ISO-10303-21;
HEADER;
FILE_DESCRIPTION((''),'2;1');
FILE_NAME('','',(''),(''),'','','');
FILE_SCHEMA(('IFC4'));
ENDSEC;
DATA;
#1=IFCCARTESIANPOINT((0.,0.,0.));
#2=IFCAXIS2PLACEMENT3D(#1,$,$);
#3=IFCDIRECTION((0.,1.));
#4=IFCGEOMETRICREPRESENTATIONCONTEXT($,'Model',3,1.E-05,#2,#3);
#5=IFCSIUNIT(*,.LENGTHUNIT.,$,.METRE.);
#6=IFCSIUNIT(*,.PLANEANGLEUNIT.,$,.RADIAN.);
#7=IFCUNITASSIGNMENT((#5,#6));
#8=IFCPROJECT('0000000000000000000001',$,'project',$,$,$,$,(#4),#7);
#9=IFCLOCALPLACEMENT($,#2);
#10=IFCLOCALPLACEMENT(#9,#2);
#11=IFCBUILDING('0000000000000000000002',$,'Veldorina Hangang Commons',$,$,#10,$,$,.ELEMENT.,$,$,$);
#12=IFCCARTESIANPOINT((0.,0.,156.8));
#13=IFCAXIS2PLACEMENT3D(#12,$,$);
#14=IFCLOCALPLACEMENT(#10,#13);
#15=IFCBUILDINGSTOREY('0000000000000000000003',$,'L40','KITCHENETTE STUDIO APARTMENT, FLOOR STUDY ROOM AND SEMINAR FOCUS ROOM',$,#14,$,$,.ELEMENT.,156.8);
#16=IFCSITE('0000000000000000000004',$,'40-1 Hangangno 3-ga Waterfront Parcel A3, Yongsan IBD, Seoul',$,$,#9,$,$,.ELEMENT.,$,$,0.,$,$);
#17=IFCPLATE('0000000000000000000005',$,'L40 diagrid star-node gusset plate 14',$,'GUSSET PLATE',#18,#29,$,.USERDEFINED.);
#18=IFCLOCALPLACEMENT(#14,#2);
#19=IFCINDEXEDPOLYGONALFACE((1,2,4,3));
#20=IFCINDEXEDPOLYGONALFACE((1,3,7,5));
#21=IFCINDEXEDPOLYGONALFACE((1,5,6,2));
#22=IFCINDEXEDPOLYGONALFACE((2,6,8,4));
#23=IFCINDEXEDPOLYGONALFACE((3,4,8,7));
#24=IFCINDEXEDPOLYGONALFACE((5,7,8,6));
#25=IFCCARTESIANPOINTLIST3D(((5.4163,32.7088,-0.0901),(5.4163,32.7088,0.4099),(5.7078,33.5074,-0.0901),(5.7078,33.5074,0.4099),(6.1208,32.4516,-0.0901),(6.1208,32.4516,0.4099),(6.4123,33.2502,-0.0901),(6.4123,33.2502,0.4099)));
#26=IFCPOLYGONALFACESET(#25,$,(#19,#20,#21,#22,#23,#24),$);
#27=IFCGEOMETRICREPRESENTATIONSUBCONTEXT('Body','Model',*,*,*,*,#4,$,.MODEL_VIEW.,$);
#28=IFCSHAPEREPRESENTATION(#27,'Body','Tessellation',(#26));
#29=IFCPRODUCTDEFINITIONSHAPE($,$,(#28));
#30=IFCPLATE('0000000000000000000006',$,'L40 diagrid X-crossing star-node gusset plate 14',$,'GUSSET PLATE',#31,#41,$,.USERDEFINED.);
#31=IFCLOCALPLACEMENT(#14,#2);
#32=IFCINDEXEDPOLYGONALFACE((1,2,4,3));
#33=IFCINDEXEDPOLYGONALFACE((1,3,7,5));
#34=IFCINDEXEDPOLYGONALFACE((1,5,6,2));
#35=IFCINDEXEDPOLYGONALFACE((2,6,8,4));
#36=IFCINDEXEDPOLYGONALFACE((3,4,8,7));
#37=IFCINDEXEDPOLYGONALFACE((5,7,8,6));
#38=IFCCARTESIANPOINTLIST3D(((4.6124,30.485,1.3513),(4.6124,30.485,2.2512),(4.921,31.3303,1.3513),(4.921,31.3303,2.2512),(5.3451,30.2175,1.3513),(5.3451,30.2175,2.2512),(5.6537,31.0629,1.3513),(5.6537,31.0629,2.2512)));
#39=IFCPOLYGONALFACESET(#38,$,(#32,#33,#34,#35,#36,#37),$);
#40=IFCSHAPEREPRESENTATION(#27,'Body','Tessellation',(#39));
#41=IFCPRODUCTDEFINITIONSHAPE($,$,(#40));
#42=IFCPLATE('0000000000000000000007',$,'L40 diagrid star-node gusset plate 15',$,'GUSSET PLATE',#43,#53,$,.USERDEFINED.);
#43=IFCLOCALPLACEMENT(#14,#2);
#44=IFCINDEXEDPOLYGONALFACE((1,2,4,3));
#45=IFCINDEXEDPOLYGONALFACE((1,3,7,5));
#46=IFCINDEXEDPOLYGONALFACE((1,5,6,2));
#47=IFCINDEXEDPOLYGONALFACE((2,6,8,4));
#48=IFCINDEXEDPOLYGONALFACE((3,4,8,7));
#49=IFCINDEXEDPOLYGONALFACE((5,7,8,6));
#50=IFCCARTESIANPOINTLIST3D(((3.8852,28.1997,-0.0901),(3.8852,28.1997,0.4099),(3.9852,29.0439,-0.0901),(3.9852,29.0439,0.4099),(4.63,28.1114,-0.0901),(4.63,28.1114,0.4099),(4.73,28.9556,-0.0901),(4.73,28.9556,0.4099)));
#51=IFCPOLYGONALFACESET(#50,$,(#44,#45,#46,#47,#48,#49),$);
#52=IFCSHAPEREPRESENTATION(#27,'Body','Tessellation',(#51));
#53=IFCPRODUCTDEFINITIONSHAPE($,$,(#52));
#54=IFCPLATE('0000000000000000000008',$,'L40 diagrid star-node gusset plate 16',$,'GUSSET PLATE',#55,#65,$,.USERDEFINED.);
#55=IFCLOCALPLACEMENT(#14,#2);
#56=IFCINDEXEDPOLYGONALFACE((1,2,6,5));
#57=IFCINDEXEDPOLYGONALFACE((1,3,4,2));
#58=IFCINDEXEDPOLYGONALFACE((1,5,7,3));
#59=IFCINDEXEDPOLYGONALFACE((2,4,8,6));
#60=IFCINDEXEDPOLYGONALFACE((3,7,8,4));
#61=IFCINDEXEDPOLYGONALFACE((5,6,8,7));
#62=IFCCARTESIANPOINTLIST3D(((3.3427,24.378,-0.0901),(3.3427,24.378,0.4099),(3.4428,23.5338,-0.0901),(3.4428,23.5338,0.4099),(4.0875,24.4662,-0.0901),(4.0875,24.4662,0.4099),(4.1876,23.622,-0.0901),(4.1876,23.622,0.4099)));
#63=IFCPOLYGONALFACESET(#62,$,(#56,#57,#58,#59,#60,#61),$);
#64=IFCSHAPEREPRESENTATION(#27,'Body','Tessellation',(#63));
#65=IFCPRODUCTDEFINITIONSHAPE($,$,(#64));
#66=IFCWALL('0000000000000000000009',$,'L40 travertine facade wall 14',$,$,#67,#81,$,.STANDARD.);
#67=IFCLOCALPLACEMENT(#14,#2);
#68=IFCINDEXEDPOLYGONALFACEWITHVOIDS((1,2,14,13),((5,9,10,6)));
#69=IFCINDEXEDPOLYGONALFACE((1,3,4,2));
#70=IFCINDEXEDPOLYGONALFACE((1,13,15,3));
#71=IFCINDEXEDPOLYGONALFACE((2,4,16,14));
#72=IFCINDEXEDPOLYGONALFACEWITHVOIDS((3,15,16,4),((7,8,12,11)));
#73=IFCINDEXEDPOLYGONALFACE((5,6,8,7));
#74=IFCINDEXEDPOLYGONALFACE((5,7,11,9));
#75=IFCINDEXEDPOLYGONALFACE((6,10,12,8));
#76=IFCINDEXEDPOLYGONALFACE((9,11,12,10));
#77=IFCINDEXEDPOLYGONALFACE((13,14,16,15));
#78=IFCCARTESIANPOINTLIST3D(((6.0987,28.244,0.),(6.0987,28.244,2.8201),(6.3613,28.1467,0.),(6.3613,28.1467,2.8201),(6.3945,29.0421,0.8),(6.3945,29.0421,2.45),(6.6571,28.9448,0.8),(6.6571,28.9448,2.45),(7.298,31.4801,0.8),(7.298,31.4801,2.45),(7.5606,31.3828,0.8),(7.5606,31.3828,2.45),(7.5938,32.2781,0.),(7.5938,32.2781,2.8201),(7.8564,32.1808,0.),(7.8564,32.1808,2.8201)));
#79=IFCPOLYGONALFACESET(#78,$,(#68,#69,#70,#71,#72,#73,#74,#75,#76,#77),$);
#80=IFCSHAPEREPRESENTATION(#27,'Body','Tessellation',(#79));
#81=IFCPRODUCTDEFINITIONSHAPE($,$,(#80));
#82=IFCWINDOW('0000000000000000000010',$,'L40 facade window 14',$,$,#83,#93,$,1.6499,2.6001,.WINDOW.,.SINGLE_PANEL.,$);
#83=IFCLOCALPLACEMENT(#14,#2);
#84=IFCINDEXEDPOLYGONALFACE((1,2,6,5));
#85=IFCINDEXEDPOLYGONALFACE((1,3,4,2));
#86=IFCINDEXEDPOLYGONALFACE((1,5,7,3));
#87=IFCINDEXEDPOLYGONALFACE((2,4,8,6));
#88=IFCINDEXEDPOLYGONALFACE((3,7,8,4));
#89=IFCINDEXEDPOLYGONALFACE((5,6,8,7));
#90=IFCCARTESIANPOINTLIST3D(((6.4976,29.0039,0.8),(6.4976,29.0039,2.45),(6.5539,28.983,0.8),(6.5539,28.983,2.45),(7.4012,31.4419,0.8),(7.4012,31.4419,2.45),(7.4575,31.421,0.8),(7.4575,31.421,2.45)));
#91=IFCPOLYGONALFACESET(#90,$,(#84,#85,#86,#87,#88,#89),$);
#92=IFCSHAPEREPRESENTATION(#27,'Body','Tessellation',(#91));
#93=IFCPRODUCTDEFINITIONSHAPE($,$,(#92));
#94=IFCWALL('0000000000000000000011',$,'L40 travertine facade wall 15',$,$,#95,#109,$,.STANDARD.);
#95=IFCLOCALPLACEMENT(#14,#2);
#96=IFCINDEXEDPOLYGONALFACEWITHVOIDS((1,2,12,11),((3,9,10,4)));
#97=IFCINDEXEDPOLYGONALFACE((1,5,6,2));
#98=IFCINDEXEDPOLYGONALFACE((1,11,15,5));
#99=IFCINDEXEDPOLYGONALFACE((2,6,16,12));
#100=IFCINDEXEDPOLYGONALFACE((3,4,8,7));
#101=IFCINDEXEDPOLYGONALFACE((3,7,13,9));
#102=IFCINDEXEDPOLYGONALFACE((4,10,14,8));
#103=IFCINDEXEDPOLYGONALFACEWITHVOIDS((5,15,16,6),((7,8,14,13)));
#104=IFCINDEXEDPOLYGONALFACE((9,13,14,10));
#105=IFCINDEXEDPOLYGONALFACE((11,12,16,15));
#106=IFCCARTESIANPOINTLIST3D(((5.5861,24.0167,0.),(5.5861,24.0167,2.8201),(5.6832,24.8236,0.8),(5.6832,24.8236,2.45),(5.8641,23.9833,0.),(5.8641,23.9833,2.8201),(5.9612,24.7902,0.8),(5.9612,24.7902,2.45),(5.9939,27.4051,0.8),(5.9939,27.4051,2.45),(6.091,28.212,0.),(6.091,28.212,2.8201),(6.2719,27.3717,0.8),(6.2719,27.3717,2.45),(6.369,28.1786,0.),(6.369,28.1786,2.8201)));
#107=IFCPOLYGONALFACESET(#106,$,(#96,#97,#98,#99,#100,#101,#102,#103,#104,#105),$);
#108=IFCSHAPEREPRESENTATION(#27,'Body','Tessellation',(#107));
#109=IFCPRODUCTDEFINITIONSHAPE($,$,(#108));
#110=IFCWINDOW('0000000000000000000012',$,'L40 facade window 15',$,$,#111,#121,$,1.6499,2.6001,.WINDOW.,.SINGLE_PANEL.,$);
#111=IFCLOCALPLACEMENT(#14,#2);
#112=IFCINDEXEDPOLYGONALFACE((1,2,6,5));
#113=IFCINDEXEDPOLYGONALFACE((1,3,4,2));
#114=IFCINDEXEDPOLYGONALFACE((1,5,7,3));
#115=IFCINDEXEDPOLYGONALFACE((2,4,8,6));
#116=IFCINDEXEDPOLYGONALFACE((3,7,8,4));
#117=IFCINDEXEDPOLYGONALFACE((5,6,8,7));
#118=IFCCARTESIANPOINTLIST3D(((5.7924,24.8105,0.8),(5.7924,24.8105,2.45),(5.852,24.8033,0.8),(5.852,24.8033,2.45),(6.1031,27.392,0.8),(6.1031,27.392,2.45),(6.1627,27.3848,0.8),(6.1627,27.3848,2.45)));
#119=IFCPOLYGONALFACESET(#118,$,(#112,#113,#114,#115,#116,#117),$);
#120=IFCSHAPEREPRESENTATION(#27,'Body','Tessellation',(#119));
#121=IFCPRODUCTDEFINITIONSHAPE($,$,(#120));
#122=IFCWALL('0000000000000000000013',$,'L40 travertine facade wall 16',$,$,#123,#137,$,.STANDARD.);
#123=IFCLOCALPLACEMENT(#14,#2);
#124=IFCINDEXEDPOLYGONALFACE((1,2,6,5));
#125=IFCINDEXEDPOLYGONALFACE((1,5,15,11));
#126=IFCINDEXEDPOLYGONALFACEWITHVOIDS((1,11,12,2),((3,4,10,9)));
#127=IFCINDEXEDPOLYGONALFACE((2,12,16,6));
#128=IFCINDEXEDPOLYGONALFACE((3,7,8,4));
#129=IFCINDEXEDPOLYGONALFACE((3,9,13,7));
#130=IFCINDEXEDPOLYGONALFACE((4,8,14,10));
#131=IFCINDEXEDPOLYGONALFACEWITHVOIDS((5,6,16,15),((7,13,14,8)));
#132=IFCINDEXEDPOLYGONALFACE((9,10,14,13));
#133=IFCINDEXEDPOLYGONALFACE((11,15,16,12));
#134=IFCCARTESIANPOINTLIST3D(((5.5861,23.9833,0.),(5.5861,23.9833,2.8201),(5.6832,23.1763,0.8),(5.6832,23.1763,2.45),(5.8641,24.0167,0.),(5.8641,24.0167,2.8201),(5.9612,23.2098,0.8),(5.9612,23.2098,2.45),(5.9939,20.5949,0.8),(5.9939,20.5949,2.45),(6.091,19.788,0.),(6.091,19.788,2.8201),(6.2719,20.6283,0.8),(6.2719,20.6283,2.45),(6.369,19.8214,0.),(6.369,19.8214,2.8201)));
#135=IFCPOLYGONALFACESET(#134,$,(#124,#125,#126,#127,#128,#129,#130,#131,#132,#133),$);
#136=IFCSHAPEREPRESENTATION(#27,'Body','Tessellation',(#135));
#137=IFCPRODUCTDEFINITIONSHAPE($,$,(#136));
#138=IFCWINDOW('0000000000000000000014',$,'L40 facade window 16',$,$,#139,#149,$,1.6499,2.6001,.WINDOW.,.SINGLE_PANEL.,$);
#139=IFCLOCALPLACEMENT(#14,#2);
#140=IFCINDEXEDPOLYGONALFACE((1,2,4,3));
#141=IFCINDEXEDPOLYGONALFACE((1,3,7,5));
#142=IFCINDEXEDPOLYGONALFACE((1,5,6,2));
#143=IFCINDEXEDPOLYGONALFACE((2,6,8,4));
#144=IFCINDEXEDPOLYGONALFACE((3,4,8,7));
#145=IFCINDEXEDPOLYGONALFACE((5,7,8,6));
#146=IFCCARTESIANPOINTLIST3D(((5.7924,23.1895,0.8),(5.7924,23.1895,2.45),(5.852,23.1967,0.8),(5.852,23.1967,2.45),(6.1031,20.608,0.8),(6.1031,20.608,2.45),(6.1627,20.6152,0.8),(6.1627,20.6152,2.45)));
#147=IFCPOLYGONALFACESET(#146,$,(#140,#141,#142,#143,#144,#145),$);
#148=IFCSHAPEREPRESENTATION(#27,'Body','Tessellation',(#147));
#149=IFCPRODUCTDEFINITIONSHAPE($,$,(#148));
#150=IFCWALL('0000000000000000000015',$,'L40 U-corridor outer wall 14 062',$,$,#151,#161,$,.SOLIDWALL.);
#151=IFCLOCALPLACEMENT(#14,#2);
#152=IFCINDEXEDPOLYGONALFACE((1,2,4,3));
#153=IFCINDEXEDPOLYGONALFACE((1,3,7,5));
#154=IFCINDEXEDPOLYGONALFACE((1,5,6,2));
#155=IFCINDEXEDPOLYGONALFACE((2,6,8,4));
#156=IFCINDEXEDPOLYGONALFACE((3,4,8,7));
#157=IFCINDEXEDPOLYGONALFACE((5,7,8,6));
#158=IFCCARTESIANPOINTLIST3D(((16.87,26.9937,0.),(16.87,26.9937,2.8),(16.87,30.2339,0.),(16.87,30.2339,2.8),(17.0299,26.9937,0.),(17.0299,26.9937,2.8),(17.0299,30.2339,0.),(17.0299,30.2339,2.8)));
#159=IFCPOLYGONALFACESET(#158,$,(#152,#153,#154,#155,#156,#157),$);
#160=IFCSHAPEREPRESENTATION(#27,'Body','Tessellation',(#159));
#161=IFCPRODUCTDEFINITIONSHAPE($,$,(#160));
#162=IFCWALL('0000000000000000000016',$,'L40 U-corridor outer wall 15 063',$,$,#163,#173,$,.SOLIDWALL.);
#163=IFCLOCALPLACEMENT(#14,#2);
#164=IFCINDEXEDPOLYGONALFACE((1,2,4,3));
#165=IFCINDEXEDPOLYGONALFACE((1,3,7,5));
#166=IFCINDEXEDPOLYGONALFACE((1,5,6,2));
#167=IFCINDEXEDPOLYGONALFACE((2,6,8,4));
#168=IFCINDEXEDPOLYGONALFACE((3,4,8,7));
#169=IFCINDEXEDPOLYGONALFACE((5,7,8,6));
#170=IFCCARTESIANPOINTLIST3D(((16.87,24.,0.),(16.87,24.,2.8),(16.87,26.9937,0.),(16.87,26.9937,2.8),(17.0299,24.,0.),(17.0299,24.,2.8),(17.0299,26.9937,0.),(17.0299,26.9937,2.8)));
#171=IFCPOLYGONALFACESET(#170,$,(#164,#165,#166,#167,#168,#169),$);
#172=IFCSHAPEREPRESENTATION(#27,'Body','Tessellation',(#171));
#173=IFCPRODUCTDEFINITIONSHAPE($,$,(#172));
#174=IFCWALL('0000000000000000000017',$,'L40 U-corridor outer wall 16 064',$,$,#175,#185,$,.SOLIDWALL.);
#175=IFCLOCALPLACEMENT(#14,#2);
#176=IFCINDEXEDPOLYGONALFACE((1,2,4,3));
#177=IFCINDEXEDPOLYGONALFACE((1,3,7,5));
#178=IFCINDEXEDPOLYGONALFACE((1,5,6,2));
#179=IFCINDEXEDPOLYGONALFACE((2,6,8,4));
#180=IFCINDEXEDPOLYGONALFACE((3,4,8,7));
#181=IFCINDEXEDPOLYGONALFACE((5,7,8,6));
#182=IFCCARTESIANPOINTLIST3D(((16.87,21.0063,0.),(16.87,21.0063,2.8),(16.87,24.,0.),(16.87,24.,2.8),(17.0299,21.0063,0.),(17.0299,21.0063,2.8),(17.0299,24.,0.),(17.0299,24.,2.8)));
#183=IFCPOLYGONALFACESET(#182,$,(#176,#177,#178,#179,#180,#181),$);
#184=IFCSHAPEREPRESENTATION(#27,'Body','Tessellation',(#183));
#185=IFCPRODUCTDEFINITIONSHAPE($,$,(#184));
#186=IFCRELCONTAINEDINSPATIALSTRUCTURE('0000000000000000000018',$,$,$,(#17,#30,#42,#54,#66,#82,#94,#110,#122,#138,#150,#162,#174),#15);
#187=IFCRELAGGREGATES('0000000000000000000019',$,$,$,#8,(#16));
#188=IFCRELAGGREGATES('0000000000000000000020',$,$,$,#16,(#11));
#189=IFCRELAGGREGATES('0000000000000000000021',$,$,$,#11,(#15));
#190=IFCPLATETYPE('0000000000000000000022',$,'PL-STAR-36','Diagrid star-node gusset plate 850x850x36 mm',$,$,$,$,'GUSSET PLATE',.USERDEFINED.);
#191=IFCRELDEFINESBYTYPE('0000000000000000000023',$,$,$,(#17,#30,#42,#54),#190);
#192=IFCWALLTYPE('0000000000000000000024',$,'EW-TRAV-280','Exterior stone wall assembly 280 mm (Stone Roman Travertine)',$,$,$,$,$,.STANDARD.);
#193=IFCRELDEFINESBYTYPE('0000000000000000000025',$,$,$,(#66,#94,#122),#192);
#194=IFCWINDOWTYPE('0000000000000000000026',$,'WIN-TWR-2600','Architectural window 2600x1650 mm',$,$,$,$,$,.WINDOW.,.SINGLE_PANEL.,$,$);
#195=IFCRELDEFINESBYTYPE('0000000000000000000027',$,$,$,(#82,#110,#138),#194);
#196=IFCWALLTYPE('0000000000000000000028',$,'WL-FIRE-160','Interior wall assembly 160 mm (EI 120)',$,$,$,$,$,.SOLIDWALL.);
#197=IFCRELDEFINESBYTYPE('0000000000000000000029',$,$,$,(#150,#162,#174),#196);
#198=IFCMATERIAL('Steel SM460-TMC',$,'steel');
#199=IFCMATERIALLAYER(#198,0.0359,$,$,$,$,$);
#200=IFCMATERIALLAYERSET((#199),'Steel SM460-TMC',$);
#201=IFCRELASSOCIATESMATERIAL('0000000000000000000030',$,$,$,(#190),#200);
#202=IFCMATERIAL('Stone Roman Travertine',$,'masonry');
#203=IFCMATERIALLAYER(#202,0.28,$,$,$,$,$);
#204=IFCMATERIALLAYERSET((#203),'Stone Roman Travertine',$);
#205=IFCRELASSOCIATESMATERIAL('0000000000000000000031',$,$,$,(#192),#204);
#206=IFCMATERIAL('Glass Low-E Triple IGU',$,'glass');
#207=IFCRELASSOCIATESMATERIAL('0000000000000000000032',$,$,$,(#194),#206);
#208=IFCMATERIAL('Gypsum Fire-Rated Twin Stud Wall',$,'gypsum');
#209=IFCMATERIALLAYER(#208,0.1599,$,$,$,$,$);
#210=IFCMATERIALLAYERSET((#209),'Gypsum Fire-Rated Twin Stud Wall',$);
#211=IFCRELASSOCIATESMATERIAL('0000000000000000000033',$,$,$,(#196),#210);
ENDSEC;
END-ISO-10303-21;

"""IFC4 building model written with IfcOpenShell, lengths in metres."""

from ifc_helpers import new_model, si_unit, direction, frame, frame_2d, origin, origin_2d, place, context, subcontext, project, spatial, rectangle, extrude, material, layer, layer_set, type_object, element, fill, save


model = new_model("IFC4")

# Units and contexts
model_context = context("Model", 3, precision=1e-05, world=origin(), true_north=direction((0.0, 1.0)))
body_context = subcontext(model_context, "Body", "Model", "MODEL_VIEW")
ifc_project = project(units=[si_unit("LENGTHUNIT", "METRE"), si_unit("PLANEANGLEUNIT", "RADIAN")], contexts=[model_context])

# Site, building, storey
site_placement = place(None, origin())
site = spatial("IfcSite", under=ifc_project, at=site_placement, Name="40-1 Hangangno 3-ga Waterfront Parcel A3, Yongsan IBD, Seoul", CompositionType="ELEMENT", RefElevation=0.0)
building_placement = place(site_placement, origin())
building = spatial("IfcBuilding", under=site, at=building_placement, Name="Veldorina Hangang Commons", CompositionType="ELEMENT")
storey_placement = place(building_placement, frame((0.0, 0.0, 156.8)))
storey = spatial("IfcBuildingStorey", under=building, at=storey_placement, Name="L40", Description="KITCHENETTE STUDIO APARTMENT, FLOOR STUDY ROOM AND SEMINAR FOCUS ROOM", CompositionType="ELEMENT", Elevation=156.8)

# Plates
ifc_material_1 = material(Name="Steel SM460-TMC", Category="steel")
ifc_layer_1 = layer(ifc_material_1, 0.0359)
ifc_layer_set_1 = layer_set([ifc_layer_1], Name="Steel SM460-TMC")
plate_type = type_object("IfcPlateType", Name="PL-STAR-36", Description="Diagrid star-node gusset plate 850x850x36 mm", ElementType="GUSSET PLATE", PredefinedType="USERDEFINED", material=ifc_layer_set_1)
plate_1_placement = place(storey_placement, frame((5.9143, 32.9795, -0.0901), z_axis=(0.0, 0.0, 1.0), x_axis=(-0.342906, -0.93937, 0.0)))
element("IfcPlate", 1, at=plate_1_placement, inside=storey, type_object=plate_type, Name="L40 diagrid star-node gusset plate 14", ObjectType="GUSSET PLATE", PredefinedType="USERDEFINED", context=body_context, shape_type="SweptSolid", body=[
    extrude(rectangle(XDim=0.8501, YDim=0.75, at=origin_2d()), origin(), (0.0, 0.0, 1.0), 0.5),
])
plate_2_placement = place(storey_placement, frame((5.1331, 30.7739, 1.3513), z_axis=(0.0, 0.0, 1.0), x_axis=(-0.342906, -0.93937, 0.0)))
element("IfcPlate", 2, at=plate_2_placement, inside=storey, type_object=plate_type, Name="L40 diagrid X-crossing star-node gusset plate 14", ObjectType="GUSSET PLATE", PredefinedType="USERDEFINED", context=body_context, shape_type="SweptSolid", body=[
    extrude(rectangle(XDim=0.8999, YDim=0.78, at=origin_2d()), origin(), (0.0, 0.0, 1.0), 0.8999),
])
for number, where, z_axis, x_axis, name in (
    (3, (4.3076, 28.5776, -0.0901), (0.0, 0.0, 1.0), (-0.117693, -0.99305, 0.0), "L40 diagrid star-node gusset plate 15"),
    (4, (3.7651, 24.0, -0.0901), (0.0, 0.0, 1.0), (0.117693, -0.99305, 0.0), "L40 diagrid star-node gusset plate 16"),
):
    element("IfcPlate", number, at=place(storey_placement, frame(where, z_axis=z_axis, x_axis=x_axis)), inside=storey, type_object=plate_type, Name=name, ObjectType="GUSSET PLATE", PredefinedType="USERDEFINED", context=body_context, shape_type="SweptSolid", body=[
        extrude(rectangle(XDim=0.8501, YDim=0.75, at=origin_2d()), origin(), (0.0, 0.0, 1.0), 0.5),
    ])

# Walls, openings, windows
ifc_material_2 = material(Name="Stone Roman Travertine", Category="masonry")
ifc_layer_2 = layer(ifc_material_2, 0.28)
ifc_layer_set_2 = layer_set([ifc_layer_2], Name="Stone Roman Travertine")
wall_type_1 = type_object("IfcWallType", Name="EW-TRAV-280", Description="Exterior stone wall assembly 280 mm (Stone Roman Travertine)", PredefinedType="STANDARD", material=ifc_layer_set_2)
wall_1_placement = place(storey_placement, frame((7.7251, 32.2295, 0.0), z_axis=(0.0, 0.0, 1.0), x_axis=(-0.347514, -0.937675, 0.0)))
wall_1 = element("IfcWall", 5, at=wall_1_placement, inside=storey, type_object=wall_type_1, Name="L40 travertine facade wall 14", PredefinedType="STANDARD", context=body_context, shape_type="SweptSolid", body=[
    extrude(rectangle(XDim=4.3022, YDim=0.28, at=frame_2d((2.1511, 0.0))), origin(), (0.0, 0.0, 1.0), 2.8201),
])
opening_1_placement = place(wall_1_placement, frame((0.8511, 0.0, 0.8)))
opening_1 = element("IfcOpeningElement", 6, at=opening_1_placement, cuts=wall_1, PredefinedType="OPENING", context=body_context, shape_type="SweptSolid", body=[
    extrude(rectangle(XDim=2.6001, YDim=1.6499, at=frame_2d((1.3, 0.825))), frame((0.0, 0.1499, 0.0), z_axis=(0.0, -1.0, 0.0), x_axis=(1.0, 0.0, 0.0)), (0.0, 0.0, 1.0), 0.3),
])
ifc_material_3 = material(Name="Glass Low-E Triple IGU", Category="glass")
window_type = type_object("IfcWindowType", Name="WIN-TWR-2600", Description="Architectural window 2600x1650 mm", PartitioningType="SINGLE_PANEL", PredefinedType="WINDOW", material=ifc_material_3)
window_1_placement = place(opening_1_placement, origin())
window_1 = element("IfcWindow", 7, at=window_1_placement, inside=storey, type_object=window_type, Name="L40 facade window 14", OverallHeight=1.6499, OverallWidth=2.6001, PartitioningType="SINGLE_PANEL", PredefinedType="WINDOW", context=body_context, shape_type="SweptSolid", body=[
    extrude(rectangle(XDim=2.6001, YDim=1.6499, at=frame_2d((1.3, 0.825))), frame((0.0, 0.03, 0.0), z_axis=(0.0, -1.0, 0.0), x_axis=(1.0, 0.0, 0.0)), (0.0, 0.0, 1.0), 0.0601),
])
fill(opening_1, window_1)
wall_2_placement = place(storey_placement, frame((6.23, 28.1953, 0.0), z_axis=(0.0, 0.0, 1.0), x_axis=(-0.119482, -0.992836, 0.0)))
wall_2 = element("IfcWall", 8, at=wall_2_placement, inside=storey, type_object=wall_type_1, Name="L40 travertine facade wall 15", PredefinedType="STANDARD", context=body_context, shape_type="SweptSolid", body=[
    extrude(rectangle(XDim=4.2256, YDim=0.28, at=frame_2d((2.1128, 0.0))), origin(), (0.0, 0.0, 1.0), 2.8201),
])
opening_2_placement = place(wall_2_placement, frame((0.8127, 0.0, 0.8)))
opening_2 = element("IfcOpeningElement", 9, at=opening_2_placement, cuts=wall_2, PredefinedType="OPENING", context=body_context, shape_type="SweptSolid", body=[
    extrude(rectangle(XDim=2.6001, YDim=1.6499, at=frame_2d((1.3, 0.825))), frame((0.0, 0.1499, 0.0), z_axis=(0.0, -1.0, 0.0), x_axis=(1.0, 0.0, 0.0)), (0.0, 0.0, 1.0), 0.3),
])
window_2_placement = place(opening_2_placement, origin())
window_2 = element("IfcWindow", 10, at=window_2_placement, inside=storey, type_object=window_type, Name="L40 facade window 15", OverallHeight=1.6499, OverallWidth=2.6001, PartitioningType="SINGLE_PANEL", PredefinedType="WINDOW", context=body_context, shape_type="SweptSolid", body=[
    extrude(rectangle(XDim=2.6001, YDim=1.6499, at=frame_2d((1.3, 0.825))), frame((0.0, 0.03, 0.0), z_axis=(0.0, -1.0, 0.0), x_axis=(1.0, 0.0, 0.0)), (0.0, 0.0, 1.0), 0.0601),
])
fill(opening_2, window_2)
wall_3_placement = place(storey_placement, frame((5.7251, 24.0, 0.0), z_axis=(0.0, 0.0, 1.0), x_axis=(0.119482, -0.992836, 0.0)))
wall_3 = element("IfcWall", 11, at=wall_3_placement, inside=storey, type_object=wall_type_1, Name="L40 travertine facade wall 16", PredefinedType="STANDARD", context=body_context, shape_type="SweptSolid", body=[
    extrude(rectangle(XDim=4.2256, YDim=0.28, at=frame_2d((2.1128, 0.0))), origin(), (0.0, 0.0, 1.0), 2.8201),
])
opening_3_placement = place(wall_3_placement, frame((0.8127, 0.0, 0.8)))
opening_3 = element("IfcOpeningElement", 12, at=opening_3_placement, cuts=wall_3, PredefinedType="OPENING", context=body_context, shape_type="SweptSolid", body=[
    extrude(rectangle(XDim=2.6001, YDim=1.6499, at=frame_2d((1.3, 0.825))), frame((0.0, 0.1499, 0.0), z_axis=(0.0, -1.0, 0.0), x_axis=(1.0, 0.0, 0.0)), (0.0, 0.0, 1.0), 0.3),
])
window_3_placement = place(opening_3_placement, origin())
window_3 = element("IfcWindow", 13, at=window_3_placement, inside=storey, type_object=window_type, Name="L40 facade window 16", OverallHeight=1.6499, OverallWidth=2.6001, PartitioningType="SINGLE_PANEL", PredefinedType="WINDOW", context=body_context, shape_type="SweptSolid", body=[
    extrude(rectangle(XDim=2.6001, YDim=1.6499, at=frame_2d((1.3, 0.825))), frame((0.0, 0.03, 0.0), z_axis=(0.0, -1.0, 0.0), x_axis=(1.0, 0.0, 0.0)), (0.0, 0.0, 1.0), 0.0601),
])
fill(opening_3, window_3)

# Walls
ifc_material_4 = material(Name="Gypsum Fire-Rated Twin Stud Wall", Category="gypsum")
ifc_layer_3 = layer(ifc_material_4, 0.1599)
ifc_layer_set_3 = layer_set([ifc_layer_3], Name="Gypsum Fire-Rated Twin Stud Wall")
wall_type_2 = type_object("IfcWallType", Name="WL-FIRE-160", Description="Interior wall assembly 160 mm (EI 120)", PredefinedType="SOLIDWALL", material=ifc_layer_set_3)
wall_4_placement = place(storey_placement, frame((16.95, 30.2339, 0.0), z_axis=(0.0, 0.0, 1.0), x_axis=(0.0, -1.0, 0.0)))
element("IfcWall", 14, at=wall_4_placement, inside=storey, type_object=wall_type_2, Name="L40 U-corridor outer wall 14 062", PredefinedType="SOLIDWALL", context=body_context, shape_type="SweptSolid", body=[
    extrude(rectangle(XDim=3.2402, YDim=0.1599, at=frame_2d((1.6201, 0.0))), origin(), (0.0, 0.0, 1.0), 2.8),
])
for number, where, z_axis, x_axis, name in (
    (15, (16.95, 26.9937, 0.0), (0.0, 0.0, 1.0), (0.0, -1.0, 0.0), "L40 U-corridor outer wall 15 063"),
    (16, (16.95, 24.0, 0.0), (0.0, 0.0, 1.0), (0.0, -1.0, 0.0), "L40 U-corridor outer wall 16 064"),
):
    element("IfcWall", number, at=place(storey_placement, frame(where, z_axis=z_axis, x_axis=x_axis)), inside=storey, type_object=wall_type_2, Name=name, PredefinedType="SOLIDWALL", context=body_context, shape_type="SweptSolid", body=[
        extrude(rectangle(XDim=2.9937, YDim=0.1599, at=frame_2d((1.4968, 0.0))), origin(), (0.0, 0.0, 1.0), 2.8),
    ])

save(model, "model.ifc")
